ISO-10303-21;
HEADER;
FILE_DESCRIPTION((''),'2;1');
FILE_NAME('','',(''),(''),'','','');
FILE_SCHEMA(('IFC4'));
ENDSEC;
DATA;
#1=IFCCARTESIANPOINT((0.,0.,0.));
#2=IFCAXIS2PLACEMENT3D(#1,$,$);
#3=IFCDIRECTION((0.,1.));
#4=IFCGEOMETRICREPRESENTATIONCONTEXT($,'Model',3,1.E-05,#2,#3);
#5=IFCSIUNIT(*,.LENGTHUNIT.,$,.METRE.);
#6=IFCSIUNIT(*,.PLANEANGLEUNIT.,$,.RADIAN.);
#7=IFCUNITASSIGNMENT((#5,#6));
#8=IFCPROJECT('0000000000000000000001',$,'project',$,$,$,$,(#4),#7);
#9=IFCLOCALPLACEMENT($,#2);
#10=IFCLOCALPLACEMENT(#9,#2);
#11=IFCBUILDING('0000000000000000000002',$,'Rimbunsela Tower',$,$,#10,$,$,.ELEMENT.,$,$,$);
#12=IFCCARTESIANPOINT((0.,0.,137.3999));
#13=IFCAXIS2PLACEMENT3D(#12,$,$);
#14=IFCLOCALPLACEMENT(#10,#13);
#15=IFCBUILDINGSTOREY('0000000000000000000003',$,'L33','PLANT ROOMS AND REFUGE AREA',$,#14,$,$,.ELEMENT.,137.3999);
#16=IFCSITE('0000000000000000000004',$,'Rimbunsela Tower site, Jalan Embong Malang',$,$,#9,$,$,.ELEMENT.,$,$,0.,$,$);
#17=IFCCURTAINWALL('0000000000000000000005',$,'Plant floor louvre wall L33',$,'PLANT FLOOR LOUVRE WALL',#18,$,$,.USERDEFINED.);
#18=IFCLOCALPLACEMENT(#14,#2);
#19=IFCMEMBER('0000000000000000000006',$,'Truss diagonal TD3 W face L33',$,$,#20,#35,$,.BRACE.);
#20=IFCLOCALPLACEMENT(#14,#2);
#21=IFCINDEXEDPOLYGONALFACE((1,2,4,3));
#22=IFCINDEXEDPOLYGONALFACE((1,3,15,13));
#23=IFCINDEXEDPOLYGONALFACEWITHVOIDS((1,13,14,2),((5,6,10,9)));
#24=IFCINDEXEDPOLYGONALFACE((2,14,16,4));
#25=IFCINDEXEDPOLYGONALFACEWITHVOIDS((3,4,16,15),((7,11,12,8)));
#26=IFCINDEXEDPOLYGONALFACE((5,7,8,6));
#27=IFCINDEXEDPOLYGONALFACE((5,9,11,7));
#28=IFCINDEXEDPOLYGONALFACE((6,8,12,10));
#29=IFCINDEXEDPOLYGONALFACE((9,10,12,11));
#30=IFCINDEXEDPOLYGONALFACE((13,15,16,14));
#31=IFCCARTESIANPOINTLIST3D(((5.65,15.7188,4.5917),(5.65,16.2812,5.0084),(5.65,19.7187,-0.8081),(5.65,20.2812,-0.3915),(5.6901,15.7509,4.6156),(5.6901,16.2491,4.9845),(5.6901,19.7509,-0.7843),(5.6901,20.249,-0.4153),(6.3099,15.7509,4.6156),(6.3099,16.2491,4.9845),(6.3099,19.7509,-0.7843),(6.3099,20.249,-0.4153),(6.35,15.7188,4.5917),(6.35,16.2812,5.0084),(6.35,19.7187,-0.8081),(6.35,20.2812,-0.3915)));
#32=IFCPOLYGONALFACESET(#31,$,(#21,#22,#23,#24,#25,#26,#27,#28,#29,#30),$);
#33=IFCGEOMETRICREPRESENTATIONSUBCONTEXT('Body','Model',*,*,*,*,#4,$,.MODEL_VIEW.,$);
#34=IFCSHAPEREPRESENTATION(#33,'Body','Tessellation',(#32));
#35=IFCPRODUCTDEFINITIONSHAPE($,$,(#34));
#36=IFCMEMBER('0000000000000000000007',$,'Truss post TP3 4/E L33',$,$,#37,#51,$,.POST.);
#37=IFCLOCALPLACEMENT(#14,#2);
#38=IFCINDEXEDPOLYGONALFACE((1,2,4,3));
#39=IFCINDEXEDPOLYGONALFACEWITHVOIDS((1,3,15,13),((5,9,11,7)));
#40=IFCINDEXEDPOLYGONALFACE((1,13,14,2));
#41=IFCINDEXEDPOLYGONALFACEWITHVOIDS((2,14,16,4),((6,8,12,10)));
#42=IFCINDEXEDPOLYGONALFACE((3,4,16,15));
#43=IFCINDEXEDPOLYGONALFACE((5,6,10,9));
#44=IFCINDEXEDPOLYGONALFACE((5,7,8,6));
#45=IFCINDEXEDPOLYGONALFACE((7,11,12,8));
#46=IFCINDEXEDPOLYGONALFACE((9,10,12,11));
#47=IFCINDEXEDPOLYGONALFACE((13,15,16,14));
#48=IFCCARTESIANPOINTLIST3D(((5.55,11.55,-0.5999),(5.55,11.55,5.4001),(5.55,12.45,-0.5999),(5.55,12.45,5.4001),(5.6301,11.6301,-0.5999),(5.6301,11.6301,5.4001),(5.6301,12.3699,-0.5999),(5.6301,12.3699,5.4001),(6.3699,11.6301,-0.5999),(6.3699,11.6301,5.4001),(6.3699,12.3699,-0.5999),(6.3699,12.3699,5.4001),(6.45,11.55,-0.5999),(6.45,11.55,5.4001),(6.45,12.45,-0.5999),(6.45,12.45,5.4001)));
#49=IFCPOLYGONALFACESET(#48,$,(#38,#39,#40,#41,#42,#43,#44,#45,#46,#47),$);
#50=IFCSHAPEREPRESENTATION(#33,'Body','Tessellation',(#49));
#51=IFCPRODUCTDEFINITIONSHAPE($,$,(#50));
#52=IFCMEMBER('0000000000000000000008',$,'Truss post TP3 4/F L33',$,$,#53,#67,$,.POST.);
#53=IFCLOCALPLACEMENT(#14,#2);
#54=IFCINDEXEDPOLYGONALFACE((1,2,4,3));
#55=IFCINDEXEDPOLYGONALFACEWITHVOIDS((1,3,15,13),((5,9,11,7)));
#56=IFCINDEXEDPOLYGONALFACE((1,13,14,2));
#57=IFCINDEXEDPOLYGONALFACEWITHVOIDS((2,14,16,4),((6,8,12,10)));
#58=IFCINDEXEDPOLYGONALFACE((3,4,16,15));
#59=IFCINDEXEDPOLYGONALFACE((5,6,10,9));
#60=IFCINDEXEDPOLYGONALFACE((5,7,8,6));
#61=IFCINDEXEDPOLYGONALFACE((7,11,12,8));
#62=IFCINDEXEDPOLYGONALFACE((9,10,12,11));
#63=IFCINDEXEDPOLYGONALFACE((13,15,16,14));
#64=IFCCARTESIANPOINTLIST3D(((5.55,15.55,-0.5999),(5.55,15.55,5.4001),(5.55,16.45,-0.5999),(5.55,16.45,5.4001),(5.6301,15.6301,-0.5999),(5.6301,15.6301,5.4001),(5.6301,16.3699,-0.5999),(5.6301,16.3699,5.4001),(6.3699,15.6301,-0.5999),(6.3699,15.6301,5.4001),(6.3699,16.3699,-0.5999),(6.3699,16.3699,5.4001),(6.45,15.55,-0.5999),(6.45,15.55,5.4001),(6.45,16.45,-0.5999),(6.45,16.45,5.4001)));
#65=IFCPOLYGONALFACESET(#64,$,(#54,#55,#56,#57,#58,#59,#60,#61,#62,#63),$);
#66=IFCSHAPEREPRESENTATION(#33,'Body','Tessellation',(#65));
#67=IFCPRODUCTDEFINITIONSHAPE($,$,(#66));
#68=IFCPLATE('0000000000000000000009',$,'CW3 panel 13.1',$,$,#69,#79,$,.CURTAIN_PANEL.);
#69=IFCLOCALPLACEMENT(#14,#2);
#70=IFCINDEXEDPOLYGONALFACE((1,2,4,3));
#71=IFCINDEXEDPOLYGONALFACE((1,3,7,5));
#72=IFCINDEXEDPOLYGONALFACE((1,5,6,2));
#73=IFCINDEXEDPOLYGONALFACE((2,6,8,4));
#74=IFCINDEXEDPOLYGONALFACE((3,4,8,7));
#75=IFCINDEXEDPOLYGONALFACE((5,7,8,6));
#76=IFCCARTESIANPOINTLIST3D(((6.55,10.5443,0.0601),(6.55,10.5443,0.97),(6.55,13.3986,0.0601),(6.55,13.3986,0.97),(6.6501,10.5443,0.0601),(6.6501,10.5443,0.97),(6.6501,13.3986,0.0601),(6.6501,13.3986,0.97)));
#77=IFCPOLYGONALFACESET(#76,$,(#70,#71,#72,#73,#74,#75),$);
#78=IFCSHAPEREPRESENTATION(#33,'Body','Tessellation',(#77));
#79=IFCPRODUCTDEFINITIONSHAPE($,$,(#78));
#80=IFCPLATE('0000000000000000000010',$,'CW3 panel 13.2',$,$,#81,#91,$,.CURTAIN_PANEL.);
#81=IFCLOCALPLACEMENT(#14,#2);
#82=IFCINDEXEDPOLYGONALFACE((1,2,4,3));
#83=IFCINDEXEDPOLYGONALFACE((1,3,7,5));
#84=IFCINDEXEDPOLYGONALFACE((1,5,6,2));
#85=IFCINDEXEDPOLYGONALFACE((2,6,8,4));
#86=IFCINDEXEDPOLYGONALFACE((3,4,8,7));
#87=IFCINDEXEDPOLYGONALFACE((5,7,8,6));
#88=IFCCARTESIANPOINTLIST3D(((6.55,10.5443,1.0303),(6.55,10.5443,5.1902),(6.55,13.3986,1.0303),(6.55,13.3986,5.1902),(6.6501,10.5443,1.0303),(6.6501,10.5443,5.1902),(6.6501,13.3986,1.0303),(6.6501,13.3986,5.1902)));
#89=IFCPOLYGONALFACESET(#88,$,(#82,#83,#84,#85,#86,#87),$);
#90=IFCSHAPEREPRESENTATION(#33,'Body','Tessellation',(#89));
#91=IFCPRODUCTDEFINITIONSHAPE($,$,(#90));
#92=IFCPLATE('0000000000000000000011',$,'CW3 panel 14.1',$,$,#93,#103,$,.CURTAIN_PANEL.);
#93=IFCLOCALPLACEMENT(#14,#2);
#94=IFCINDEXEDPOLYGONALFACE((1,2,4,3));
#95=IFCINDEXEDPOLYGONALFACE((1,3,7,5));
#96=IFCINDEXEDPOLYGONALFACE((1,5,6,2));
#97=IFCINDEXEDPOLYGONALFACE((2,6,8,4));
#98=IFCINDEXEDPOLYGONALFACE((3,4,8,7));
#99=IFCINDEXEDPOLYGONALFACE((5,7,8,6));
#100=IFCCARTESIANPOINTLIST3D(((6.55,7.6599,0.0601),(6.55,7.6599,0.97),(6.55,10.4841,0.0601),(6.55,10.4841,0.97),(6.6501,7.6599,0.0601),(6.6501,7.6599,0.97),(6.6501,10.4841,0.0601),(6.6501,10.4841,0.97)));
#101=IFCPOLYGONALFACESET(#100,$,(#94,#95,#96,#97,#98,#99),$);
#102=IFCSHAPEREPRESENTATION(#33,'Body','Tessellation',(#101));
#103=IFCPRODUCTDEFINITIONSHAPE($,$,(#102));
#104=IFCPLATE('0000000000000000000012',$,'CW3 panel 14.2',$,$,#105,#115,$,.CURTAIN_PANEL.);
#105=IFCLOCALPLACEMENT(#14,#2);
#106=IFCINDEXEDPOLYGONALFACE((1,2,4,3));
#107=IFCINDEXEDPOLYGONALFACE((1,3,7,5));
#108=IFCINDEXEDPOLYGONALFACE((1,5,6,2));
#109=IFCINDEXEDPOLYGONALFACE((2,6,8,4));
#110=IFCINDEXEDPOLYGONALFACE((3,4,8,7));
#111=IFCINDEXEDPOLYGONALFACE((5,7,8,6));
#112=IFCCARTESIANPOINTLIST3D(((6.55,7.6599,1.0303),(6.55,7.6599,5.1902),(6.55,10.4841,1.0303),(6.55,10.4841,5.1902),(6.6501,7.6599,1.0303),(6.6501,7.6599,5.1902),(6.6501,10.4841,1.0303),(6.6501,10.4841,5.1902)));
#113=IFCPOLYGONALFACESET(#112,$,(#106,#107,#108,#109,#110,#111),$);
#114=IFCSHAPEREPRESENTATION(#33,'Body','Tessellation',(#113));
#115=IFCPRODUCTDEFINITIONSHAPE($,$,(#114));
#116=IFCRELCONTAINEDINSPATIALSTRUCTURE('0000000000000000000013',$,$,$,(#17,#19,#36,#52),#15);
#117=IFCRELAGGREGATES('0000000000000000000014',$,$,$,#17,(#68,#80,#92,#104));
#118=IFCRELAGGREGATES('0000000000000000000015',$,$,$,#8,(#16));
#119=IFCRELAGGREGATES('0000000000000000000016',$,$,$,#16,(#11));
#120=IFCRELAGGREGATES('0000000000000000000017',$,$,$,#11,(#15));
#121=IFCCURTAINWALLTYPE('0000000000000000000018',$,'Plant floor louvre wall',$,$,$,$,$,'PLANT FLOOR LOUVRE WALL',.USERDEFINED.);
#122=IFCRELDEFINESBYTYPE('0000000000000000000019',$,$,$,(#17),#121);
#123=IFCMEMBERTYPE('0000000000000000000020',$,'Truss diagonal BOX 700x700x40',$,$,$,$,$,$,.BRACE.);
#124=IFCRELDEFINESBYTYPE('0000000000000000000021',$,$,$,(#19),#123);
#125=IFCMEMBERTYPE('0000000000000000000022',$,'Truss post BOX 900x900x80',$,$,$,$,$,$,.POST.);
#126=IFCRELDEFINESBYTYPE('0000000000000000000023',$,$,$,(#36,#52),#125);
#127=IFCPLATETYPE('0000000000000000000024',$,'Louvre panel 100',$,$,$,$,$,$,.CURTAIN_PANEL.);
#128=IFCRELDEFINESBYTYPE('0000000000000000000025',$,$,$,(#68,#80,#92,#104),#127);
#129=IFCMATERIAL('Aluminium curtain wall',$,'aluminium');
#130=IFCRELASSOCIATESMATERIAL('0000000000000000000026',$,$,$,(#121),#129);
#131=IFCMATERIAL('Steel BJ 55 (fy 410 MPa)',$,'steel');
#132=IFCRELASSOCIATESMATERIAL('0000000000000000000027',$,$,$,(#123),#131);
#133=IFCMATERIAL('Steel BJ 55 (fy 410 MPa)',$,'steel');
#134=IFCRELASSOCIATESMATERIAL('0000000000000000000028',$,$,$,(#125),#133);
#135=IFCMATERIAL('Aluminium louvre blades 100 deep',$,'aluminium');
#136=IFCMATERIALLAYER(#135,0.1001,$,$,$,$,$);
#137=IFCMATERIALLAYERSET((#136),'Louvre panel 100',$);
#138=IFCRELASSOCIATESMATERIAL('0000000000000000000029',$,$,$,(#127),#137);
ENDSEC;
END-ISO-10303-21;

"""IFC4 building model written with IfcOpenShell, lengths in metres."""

from ifc_helpers import new_model, si_unit, direction, frame, origin, origin_2d, place, context, subcontext, project, spatial, rectangle, hollow_rectangle, extrude, material, layer, layer_set, material_profile, profile_set, type_object, element, aggregate, save


model = new_model("IFC4")

# Units and contexts
model_context = context("Model", 3, precision=1e-05, world=origin(), true_north=direction((0.0, 1.0)))
body_context = subcontext(model_context, "Body", "Model", "MODEL_VIEW")
ifc_project = project(units=[si_unit("LENGTHUNIT", "METRE"), si_unit("PLANEANGLEUNIT", "RADIAN")], contexts=[model_context])

# Site, building, storey
site_placement = place(None, origin())
site = spatial("IfcSite", under=ifc_project, at=site_placement, Name="Rimbunsela Tower site, Jalan Embong Malang", CompositionType="ELEMENT", RefElevation=0.0)
building_placement = place(site_placement, origin())
building = spatial("IfcBuilding", under=site, at=building_placement, Name="Rimbunsela Tower", CompositionType="ELEMENT")
storey_placement = place(building_placement, frame((0.0, 0.0, 137.3999)))
storey = spatial("IfcBuildingStorey", under=building, at=storey_placement, Name="L33", Description="PLANT ROOMS AND REFUGE AREA", CompositionType="ELEMENT", Elevation=137.3999)

# Curtain wall
ifc_material_1 = material(Name="Aluminium curtain wall", Category="aluminium")
curtain_wall_type = type_object("IfcCurtainWallType", Name="Plant floor louvre wall", ElementType="PLANT FLOOR LOUVRE WALL", PredefinedType="USERDEFINED", material=ifc_material_1)
curtain_wall_placement = place(storey_placement, origin())
curtain_wall = element("IfcCurtainWall", 1, at=curtain_wall_placement, inside=storey, type_object=curtain_wall_type, Name="Plant floor louvre wall L33", ObjectType="PLANT FLOOR LOUVRE WALL", PredefinedType="USERDEFINED")

# Members
ifc_material_2 = material(Name="Steel BJ 55 (fy 410 MPa)", Category="steel")
ifc_material_profile_1 = material_profile(ifc_material_2, hollow_rectangle(XDim=0.7, YDim=0.7, WallThickness=0.04, at=origin_2d()), Name="BOX 700x700x40")
ifc_profile_set_1 = profile_set([ifc_material_profile_1], Name="Steel BJ 55 (fy 410 MPa)")
member_type_1 = type_object("IfcMemberType", Name="Truss diagonal BOX 700x700x40", PredefinedType="BRACE", material=ifc_profile_set_1)
for number, where, z_axis, x_axis, name in (
    (2, (6.0, 16.0, 4.8), (0.0, 0.595235, -0.803552), (-1.0, 0.0, 0.0), "Truss diagonal TD3 W face L33"),
):
    element("IfcMember", number, at=place(storey_placement, frame(where, z_axis=z_axis, x_axis=x_axis)), inside=storey, type_object=member_type_1, Name=name, PredefinedType="BRACE", context=body_context, shape_type="SweptSolid", body=[
        extrude(hollow_rectangle(XDim=0.7, YDim=0.7, WallThickness=0.04, at=origin_2d()), origin(), (0.0, 0.0, 1.0), 6.72),
    ])
ifc_material_3 = material(Name="Steel BJ 55 (fy 410 MPa)", Category="steel")
ifc_material_profile_2 = material_profile(ifc_material_3, hollow_rectangle(XDim=0.8999, YDim=0.8999, WallThickness=0.0801, at=origin_2d()), Name="BOX 900x900x80")
ifc_profile_set_2 = profile_set([ifc_material_profile_2], Name="Steel BJ 55 (fy 410 MPa)")
member_type_2 = type_object("IfcMemberType", Name="Truss post BOX 900x900x80", PredefinedType="POST", material=ifc_profile_set_2)
for number, where, z_axis, x_axis, name in (
    (3, (6.0, 12.0, -0.5999), (0.0, 0.0, 1.0), (1.0, 0.0, 0.0), "Truss post TP3 4/E L33"),
    (4, (6.0, 16.0, -0.5999), (0.0, 0.0, 1.0), (1.0, 0.0, 0.0), "Truss post TP3 4/F L33"),
):
    element("IfcMember", number, at=place(storey_placement, frame(where, z_axis=z_axis, x_axis=x_axis)), inside=storey, type_object=member_type_2, Name=name, PredefinedType="POST", context=body_context, shape_type="SweptSolid", body=[
        extrude(hollow_rectangle(XDim=0.8999, YDim=0.8999, WallThickness=0.0801, at=origin_2d()), origin(), (0.0, 0.0, 1.0), 6.0),
    ])

# Plates
ifc_material_4 = material(Name="Aluminium louvre blades 100 deep", Category="aluminium")
ifc_layer = layer(ifc_material_4, 0.1001)
ifc_layer_set = layer_set([ifc_layer], Name="Louvre panel 100")
plate_type = type_object("IfcPlateType", Name="Louvre panel 100", PredefinedType="CURTAIN_PANEL", material=ifc_layer_set)
plate_1_placement = place(storey_placement, frame((6.6001, 11.9714, 0.0601), z_axis=(0.0, 0.0, 1.0), x_axis=(0.0, -1.0, 0.0)))
plate_1 = element("IfcPlate", 5, at=plate_1_placement, type_object=plate_type, Name="CW3 panel 13.1", PredefinedType="CURTAIN_PANEL", context=body_context, shape_type="SweptSolid", body=[
    extrude(rectangle(XDim=2.8542, YDim=0.1001, at=origin_2d()), origin(), (0.0, 0.0, 1.0), 0.9099),
])
plate_2_placement = place(storey_placement, frame((6.6001, 11.9714, 1.0303), z_axis=(0.0, 0.0, 1.0), x_axis=(0.0, -1.0, 0.0)))
plate_2 = element("IfcPlate", 6, at=plate_2_placement, type_object=plate_type, Name="CW3 panel 13.2", PredefinedType="CURTAIN_PANEL", context=body_context, shape_type="SweptSolid", body=[
    extrude(rectangle(XDim=2.8542, YDim=0.1001, at=origin_2d()), origin(), (0.0, 0.0, 1.0), 4.1599),
])
plate_3_placement = place(storey_placement, frame((6.6001, 9.072, 0.0601), z_axis=(0.0, 0.0, 1.0), x_axis=(0.0, -1.0, 0.0)))
plate_3 = element("IfcPlate", 7, at=plate_3_placement, type_object=plate_type, Name="CW3 panel 14.1", PredefinedType="CURTAIN_PANEL", context=body_context, shape_type="SweptSolid", body=[
    extrude(rectangle(XDim=2.8242, YDim=0.1001, at=origin_2d()), origin(), (0.0, 0.0, 1.0), 0.9099),
])
plate_4_placement = place(storey_placement, frame((6.6001, 9.072, 1.0303), z_axis=(0.0, 0.0, 1.0), x_axis=(0.0, -1.0, 0.0)))
plate_4 = element("IfcPlate", 8, at=plate_4_placement, type_object=plate_type, Name="CW3 panel 14.2", PredefinedType="CURTAIN_PANEL", context=body_context, shape_type="SweptSolid", body=[
    extrude(rectangle(XDim=2.8242, YDim=0.1001, at=origin_2d()), origin(), (0.0, 0.0, 1.0), 4.1599),
])
aggregate(curtain_wall, [plate_1, plate_2, plate_3, plate_4])

save(model, "model.ifc")
